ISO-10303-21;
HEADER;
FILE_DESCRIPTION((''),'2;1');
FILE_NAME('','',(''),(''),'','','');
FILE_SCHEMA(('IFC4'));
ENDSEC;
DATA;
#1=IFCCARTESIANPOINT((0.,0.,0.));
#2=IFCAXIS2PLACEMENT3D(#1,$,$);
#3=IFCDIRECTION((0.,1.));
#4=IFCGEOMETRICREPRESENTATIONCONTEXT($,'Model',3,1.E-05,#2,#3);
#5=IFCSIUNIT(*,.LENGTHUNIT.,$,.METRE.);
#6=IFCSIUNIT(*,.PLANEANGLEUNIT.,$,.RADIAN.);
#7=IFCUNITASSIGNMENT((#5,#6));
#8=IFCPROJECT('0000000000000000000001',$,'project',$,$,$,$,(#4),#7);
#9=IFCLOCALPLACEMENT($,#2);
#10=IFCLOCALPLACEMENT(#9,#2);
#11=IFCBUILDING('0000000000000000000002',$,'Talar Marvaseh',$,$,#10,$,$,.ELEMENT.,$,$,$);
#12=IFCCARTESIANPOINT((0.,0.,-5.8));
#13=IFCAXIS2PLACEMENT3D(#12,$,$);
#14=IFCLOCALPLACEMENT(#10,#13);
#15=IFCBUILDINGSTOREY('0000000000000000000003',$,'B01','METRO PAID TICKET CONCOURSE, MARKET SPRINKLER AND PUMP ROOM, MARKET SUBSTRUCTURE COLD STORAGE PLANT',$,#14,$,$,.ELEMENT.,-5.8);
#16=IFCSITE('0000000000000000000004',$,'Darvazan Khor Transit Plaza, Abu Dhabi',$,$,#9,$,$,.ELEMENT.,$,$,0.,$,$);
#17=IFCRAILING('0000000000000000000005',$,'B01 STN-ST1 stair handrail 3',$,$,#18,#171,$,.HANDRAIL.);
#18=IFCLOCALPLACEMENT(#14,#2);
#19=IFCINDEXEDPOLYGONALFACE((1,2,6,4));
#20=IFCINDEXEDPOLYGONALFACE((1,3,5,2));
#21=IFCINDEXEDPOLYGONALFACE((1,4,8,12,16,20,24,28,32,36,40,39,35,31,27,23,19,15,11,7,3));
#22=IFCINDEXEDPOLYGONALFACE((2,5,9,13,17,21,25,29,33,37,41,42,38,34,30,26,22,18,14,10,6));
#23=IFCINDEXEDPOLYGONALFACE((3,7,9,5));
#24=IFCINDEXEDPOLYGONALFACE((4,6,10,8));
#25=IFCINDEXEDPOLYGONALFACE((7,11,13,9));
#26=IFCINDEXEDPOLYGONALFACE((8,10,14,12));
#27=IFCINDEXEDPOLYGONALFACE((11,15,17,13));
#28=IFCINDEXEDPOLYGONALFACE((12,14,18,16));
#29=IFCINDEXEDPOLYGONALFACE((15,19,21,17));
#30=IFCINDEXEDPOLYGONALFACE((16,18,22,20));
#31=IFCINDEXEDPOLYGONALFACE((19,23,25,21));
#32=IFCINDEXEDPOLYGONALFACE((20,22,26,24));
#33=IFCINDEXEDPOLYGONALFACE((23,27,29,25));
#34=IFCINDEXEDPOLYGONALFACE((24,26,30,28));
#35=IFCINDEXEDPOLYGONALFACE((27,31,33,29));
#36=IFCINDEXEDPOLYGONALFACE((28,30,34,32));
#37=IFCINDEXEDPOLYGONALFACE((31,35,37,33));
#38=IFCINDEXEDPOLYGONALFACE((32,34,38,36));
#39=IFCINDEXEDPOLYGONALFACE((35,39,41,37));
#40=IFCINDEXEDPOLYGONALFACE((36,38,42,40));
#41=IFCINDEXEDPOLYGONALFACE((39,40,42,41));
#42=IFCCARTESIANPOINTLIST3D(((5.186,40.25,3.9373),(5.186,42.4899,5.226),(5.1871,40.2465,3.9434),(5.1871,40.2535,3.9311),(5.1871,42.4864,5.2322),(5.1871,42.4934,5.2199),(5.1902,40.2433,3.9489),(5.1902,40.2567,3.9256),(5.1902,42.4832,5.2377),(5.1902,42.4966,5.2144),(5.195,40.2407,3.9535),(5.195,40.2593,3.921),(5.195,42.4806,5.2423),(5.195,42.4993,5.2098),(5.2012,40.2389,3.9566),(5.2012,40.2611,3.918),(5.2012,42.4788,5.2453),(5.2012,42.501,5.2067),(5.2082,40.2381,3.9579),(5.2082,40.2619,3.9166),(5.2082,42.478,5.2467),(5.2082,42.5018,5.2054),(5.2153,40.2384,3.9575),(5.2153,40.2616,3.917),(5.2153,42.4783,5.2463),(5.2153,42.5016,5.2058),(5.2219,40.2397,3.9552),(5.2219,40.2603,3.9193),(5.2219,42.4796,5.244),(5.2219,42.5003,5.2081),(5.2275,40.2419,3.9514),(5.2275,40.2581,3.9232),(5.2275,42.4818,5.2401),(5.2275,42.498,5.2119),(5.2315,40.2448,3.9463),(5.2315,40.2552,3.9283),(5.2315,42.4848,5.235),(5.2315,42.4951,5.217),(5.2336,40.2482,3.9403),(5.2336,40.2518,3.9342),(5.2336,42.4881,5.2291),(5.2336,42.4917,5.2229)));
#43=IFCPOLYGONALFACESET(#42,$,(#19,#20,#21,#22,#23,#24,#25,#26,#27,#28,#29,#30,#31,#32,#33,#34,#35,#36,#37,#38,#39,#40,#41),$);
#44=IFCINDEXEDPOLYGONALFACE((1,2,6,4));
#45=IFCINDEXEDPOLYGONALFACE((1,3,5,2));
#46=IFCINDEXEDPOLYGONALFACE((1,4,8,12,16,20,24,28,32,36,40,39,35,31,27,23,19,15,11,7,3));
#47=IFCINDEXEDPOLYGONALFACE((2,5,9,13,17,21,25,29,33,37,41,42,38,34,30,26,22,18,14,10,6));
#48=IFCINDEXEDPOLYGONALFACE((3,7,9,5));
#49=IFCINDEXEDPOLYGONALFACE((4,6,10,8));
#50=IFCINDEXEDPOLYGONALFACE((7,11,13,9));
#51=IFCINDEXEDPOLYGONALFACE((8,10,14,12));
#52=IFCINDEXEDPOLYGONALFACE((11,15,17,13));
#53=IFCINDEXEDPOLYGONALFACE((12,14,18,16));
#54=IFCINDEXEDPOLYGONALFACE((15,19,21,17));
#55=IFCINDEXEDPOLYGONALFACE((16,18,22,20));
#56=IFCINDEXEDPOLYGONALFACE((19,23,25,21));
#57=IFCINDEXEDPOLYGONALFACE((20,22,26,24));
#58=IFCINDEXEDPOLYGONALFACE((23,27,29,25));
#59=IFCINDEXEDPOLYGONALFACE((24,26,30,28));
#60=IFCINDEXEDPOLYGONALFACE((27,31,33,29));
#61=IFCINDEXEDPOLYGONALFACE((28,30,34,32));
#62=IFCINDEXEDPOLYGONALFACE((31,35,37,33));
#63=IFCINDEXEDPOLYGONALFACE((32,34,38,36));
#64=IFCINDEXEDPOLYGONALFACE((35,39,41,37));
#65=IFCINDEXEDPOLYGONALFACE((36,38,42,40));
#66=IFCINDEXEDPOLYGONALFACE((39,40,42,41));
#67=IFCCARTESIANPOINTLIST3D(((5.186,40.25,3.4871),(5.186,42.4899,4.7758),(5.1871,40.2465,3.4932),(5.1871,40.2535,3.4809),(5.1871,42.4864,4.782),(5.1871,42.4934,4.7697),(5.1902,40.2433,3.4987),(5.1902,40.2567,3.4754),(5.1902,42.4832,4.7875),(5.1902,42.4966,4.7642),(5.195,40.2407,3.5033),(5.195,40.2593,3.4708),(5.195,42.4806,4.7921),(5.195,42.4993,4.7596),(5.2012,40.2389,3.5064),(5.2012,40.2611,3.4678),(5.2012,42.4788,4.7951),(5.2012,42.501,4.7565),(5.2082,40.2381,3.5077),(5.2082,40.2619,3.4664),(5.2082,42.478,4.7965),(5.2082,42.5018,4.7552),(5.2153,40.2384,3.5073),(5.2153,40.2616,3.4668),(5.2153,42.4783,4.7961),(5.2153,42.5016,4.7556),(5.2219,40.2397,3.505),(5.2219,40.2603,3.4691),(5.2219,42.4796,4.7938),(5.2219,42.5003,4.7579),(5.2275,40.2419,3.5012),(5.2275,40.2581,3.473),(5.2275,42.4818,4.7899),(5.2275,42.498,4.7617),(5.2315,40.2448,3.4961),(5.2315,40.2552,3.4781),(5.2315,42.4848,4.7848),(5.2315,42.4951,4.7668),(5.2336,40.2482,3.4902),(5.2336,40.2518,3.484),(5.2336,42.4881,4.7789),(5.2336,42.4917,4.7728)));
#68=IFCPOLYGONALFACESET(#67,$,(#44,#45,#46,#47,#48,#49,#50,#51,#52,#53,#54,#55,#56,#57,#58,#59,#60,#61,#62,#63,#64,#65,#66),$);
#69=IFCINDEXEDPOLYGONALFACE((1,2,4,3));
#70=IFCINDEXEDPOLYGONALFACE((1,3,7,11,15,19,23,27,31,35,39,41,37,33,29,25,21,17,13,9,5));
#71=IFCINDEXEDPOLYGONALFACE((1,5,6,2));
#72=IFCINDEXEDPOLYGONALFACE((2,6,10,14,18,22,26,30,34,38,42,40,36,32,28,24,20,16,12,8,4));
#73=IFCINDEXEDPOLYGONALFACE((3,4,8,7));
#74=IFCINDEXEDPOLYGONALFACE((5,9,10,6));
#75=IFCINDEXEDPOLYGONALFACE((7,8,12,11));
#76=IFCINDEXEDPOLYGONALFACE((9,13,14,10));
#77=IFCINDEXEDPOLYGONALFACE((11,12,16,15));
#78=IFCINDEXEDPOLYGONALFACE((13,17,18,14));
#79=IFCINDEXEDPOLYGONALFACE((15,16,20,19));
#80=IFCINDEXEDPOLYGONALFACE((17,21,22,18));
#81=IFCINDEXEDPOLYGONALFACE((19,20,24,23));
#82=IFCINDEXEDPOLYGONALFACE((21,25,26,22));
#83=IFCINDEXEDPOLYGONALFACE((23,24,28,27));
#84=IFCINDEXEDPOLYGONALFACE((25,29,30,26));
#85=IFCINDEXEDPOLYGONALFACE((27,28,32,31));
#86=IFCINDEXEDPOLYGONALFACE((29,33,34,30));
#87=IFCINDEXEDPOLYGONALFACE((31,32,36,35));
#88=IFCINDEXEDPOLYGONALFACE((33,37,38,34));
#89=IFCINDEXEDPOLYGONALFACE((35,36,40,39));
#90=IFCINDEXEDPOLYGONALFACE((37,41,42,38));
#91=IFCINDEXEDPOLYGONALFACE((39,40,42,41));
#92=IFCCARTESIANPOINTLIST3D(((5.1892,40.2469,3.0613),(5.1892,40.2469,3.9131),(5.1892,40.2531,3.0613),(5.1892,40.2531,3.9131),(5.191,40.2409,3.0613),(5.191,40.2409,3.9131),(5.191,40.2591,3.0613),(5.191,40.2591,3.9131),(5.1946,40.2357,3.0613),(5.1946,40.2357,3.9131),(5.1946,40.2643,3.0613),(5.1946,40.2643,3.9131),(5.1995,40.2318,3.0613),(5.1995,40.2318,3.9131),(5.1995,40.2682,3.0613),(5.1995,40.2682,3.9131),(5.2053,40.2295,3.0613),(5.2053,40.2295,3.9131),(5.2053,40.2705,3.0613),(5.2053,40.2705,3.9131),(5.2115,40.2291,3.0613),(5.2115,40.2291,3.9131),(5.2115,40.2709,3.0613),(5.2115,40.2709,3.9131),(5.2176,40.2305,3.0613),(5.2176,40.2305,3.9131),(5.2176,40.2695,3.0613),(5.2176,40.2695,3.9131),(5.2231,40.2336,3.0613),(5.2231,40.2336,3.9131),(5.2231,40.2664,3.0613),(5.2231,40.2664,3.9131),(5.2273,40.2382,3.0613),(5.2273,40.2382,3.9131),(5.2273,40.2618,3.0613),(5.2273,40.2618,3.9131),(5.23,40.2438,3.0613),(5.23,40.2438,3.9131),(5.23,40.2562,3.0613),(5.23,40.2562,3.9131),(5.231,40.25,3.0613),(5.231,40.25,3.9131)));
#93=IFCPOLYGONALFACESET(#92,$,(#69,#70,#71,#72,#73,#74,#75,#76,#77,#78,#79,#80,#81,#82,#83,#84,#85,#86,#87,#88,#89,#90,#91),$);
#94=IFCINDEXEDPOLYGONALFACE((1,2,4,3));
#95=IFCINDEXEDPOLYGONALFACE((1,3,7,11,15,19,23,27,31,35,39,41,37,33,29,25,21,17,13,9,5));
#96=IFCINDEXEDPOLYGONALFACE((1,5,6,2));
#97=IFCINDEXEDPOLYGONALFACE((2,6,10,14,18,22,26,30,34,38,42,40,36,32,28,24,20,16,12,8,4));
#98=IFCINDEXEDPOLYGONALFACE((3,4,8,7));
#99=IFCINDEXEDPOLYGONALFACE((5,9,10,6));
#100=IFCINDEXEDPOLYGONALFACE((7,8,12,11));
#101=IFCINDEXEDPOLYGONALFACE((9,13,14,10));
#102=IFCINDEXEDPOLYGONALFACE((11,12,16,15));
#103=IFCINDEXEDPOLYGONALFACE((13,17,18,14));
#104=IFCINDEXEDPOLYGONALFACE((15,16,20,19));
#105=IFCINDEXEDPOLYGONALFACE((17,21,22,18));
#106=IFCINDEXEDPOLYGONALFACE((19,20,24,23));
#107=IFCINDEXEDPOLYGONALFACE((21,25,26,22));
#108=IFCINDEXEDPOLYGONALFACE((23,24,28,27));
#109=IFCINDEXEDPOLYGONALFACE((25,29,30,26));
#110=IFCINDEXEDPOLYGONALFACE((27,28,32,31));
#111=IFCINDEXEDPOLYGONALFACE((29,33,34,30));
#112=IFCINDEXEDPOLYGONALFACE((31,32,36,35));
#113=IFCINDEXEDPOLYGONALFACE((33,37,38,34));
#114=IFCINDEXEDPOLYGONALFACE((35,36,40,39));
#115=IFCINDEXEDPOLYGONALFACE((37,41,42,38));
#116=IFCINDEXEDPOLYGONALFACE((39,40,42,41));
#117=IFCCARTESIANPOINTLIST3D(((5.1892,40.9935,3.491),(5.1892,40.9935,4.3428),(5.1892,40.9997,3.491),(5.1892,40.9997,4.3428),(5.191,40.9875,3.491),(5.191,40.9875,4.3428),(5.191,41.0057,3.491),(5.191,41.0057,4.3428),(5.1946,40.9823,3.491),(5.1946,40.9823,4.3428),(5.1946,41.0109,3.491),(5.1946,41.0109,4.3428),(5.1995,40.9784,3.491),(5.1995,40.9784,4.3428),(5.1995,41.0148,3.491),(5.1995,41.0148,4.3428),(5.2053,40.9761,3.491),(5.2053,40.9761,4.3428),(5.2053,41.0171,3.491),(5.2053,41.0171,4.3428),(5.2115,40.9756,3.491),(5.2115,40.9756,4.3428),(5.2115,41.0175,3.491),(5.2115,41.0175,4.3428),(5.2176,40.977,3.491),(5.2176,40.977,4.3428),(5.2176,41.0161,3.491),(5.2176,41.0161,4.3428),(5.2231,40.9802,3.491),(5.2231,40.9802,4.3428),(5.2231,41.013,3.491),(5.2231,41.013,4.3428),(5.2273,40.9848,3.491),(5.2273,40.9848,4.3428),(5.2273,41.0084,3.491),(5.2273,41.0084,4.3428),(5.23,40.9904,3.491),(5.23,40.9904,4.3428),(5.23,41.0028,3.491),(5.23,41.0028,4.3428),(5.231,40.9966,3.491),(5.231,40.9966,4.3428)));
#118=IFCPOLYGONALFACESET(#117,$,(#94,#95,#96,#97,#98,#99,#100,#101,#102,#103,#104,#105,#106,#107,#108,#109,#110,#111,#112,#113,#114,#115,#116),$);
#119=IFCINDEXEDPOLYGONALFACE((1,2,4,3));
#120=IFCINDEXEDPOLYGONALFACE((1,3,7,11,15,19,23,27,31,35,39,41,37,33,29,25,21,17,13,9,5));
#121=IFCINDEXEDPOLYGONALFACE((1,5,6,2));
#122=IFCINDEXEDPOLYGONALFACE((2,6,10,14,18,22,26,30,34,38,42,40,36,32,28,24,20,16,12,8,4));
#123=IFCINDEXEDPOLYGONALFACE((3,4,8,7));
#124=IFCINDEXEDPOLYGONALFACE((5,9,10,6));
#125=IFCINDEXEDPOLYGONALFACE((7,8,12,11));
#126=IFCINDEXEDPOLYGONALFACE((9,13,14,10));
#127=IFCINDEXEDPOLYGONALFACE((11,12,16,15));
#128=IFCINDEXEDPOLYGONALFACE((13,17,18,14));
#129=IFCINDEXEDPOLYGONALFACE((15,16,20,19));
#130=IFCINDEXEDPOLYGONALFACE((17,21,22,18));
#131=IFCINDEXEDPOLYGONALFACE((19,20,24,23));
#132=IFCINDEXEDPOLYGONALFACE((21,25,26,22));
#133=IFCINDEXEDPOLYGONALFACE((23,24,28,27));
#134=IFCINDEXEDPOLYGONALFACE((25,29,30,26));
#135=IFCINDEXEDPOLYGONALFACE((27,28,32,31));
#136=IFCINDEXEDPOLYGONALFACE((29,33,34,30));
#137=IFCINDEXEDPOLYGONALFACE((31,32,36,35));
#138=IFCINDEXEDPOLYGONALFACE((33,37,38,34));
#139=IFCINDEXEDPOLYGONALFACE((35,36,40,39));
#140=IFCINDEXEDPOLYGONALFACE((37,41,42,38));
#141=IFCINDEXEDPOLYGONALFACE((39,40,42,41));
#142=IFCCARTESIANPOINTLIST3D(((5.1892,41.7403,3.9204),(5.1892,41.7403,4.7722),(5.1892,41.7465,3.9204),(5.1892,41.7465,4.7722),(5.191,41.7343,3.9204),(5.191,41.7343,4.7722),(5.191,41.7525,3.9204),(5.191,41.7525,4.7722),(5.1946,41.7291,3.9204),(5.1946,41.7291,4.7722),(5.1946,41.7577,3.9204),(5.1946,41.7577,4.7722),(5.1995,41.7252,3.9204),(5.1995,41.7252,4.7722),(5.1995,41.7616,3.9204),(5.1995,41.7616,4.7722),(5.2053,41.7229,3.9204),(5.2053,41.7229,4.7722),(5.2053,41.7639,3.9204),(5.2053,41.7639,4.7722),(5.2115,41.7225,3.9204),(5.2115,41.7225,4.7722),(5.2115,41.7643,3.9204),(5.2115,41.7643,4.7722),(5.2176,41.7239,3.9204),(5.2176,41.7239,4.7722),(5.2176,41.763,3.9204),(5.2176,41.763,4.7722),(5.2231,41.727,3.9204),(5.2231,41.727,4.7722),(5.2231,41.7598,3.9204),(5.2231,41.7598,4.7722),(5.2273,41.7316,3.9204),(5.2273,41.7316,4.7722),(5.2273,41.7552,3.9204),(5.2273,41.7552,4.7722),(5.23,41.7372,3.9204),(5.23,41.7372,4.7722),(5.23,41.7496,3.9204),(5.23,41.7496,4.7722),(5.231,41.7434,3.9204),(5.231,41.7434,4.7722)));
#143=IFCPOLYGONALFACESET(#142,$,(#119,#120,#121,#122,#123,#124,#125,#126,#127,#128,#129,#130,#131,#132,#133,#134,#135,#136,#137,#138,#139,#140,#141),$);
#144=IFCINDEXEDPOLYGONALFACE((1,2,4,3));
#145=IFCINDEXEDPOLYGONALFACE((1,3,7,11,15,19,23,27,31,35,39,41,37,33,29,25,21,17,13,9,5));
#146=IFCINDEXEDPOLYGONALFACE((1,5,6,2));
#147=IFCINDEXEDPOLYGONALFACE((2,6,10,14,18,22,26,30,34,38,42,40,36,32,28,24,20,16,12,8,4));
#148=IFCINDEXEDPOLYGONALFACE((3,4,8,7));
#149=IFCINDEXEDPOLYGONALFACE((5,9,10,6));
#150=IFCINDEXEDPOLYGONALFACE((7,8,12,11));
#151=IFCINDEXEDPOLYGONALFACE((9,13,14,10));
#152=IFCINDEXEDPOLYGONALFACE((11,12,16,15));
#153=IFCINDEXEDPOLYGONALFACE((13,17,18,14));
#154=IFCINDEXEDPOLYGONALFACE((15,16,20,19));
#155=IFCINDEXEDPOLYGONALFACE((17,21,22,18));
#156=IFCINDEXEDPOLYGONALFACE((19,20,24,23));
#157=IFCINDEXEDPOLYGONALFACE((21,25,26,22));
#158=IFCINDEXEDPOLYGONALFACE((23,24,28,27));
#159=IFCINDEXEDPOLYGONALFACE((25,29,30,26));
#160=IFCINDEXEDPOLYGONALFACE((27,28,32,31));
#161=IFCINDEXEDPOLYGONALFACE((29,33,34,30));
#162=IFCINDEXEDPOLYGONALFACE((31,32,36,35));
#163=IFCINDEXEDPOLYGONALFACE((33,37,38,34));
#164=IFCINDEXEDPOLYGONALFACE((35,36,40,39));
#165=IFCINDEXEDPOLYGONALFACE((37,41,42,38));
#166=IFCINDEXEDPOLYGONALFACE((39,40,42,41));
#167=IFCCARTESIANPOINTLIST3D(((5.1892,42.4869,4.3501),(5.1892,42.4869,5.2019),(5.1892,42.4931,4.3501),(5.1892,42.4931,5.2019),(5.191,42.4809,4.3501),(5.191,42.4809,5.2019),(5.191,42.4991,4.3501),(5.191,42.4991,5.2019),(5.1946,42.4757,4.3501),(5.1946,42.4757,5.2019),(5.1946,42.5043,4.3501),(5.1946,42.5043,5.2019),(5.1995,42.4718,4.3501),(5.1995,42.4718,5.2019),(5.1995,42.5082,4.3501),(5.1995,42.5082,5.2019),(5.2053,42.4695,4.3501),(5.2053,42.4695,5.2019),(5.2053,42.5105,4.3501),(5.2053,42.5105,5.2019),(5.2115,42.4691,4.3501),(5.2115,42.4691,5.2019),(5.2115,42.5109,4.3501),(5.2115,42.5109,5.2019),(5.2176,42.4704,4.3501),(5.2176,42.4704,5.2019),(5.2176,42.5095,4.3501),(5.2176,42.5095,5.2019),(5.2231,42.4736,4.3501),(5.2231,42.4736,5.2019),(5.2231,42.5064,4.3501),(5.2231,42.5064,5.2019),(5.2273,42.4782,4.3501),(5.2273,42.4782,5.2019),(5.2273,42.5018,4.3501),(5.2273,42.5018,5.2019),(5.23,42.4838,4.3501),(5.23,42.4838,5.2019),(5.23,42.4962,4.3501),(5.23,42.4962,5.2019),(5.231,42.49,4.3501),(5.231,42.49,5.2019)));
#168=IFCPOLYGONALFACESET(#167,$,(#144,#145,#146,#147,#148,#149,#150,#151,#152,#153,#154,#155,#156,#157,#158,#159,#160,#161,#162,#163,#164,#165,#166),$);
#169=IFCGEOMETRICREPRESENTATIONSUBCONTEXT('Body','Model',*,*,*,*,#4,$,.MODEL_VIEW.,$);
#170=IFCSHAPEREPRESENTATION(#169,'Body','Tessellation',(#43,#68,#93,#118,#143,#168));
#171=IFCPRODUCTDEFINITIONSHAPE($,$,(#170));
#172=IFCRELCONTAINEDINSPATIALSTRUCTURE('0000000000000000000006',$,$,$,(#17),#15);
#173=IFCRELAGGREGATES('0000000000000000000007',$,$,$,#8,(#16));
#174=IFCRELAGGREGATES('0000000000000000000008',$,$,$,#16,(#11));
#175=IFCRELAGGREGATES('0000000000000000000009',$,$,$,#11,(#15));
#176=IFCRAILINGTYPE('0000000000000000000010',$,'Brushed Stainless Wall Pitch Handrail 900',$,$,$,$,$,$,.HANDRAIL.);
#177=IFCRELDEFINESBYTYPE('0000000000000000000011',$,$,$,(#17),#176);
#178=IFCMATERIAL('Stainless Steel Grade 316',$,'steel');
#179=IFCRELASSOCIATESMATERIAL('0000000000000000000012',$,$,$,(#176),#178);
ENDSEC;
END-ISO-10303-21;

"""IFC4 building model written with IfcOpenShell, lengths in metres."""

from ifc_helpers import new_model, si_unit, direction, frame, origin, origin_2d, place, context, subcontext, project, spatial, circle, extrude, material, type_object, element, save


model = new_model("IFC4")

# Units and contexts
model_context = context("Model", 3, precision=1e-05, world=origin(), true_north=direction((0.0, 1.0)))
body_context = subcontext(model_context, "Body", "Model", "MODEL_VIEW")
ifc_project = project(units=[si_unit("LENGTHUNIT", "METRE"), si_unit("PLANEANGLEUNIT", "RADIAN")], contexts=[model_context])

# Site, building, storey
site_placement = place(None, origin())
site = spatial("IfcSite", under=ifc_project, at=site_placement, Name="Darvazan Khor Transit Plaza, Abu Dhabi", CompositionType="ELEMENT", RefElevation=0.0)
building_placement = place(site_placement, origin())
building = spatial("IfcBuilding", under=site, at=building_placement, Name="Talar Marvaseh", CompositionType="ELEMENT")
storey_placement = place(building_placement, frame((0.0, 0.0, -5.8)))
storey = spatial("IfcBuildingStorey", under=building, at=storey_placement, Name="B01", Description="METRO PAID TICKET CONCOURSE, MARKET SPRINKLER AND PUMP ROOM, MARKET SUBSTRUCTURE COLD STORAGE PLANT", CompositionType="ELEMENT", Elevation=-5.8)

# Railing
ifc_material_1 = material(Name="Stainless Steel Grade 316", Category="steel")
railing_type_1 = type_object("IfcRailingType", Name="Brushed Stainless Wall Pitch Handrail 900", PredefinedType="HANDRAIL", material=ifc_material_1)
railing_1_placement = place(storey_placement, frame((5.21, 40.25, 3.0613)))
element("IfcRailing", 1, at=railing_1_placement, inside=storey, type_object=railing_type_1, Name="B01 STN-ST1 stair handrail 3", PredefinedType="HANDRAIL", context=body_context, shape_type="SweptSolid", body=[
    extrude(circle(Radius=0.0239, at=origin_2d()), frame((0.0, 0.0, 0.876), z_axis=(0.0, 0.866768, 0.498711), x_axis=(-1.0, 0.0, 0.0)), (0.0, 0.0, 1.0), 2.5842),
    extrude(circle(Radius=0.0239, at=origin_2d()), frame((0.0, 0.0, 0.4258), z_axis=(0.0, 0.866768, 0.498711), x_axis=(-1.0, 0.0, 0.0)), (0.0, 0.0, 1.0), 2.5842),
    extrude(circle(Radius=0.021, at=origin_2d()), origin(), (0.0, 0.0, 1.0), 0.8518),
    extrude(circle(Radius=0.021, at=origin_2d()), frame((0.0, 0.7466, 0.4297)), (0.0, 0.0, 1.0), 0.8518),
    extrude(circle(Radius=0.021, at=origin_2d()), frame((0.0, 1.4934, 0.8591)), (0.0, 0.0, 1.0), 0.8518),
    extrude(circle(Radius=0.021, at=origin_2d()), frame((0.0, 2.24, 1.2888)), (0.0, 0.0, 1.0), 0.8518),
])

save(model, "model.ifc")
